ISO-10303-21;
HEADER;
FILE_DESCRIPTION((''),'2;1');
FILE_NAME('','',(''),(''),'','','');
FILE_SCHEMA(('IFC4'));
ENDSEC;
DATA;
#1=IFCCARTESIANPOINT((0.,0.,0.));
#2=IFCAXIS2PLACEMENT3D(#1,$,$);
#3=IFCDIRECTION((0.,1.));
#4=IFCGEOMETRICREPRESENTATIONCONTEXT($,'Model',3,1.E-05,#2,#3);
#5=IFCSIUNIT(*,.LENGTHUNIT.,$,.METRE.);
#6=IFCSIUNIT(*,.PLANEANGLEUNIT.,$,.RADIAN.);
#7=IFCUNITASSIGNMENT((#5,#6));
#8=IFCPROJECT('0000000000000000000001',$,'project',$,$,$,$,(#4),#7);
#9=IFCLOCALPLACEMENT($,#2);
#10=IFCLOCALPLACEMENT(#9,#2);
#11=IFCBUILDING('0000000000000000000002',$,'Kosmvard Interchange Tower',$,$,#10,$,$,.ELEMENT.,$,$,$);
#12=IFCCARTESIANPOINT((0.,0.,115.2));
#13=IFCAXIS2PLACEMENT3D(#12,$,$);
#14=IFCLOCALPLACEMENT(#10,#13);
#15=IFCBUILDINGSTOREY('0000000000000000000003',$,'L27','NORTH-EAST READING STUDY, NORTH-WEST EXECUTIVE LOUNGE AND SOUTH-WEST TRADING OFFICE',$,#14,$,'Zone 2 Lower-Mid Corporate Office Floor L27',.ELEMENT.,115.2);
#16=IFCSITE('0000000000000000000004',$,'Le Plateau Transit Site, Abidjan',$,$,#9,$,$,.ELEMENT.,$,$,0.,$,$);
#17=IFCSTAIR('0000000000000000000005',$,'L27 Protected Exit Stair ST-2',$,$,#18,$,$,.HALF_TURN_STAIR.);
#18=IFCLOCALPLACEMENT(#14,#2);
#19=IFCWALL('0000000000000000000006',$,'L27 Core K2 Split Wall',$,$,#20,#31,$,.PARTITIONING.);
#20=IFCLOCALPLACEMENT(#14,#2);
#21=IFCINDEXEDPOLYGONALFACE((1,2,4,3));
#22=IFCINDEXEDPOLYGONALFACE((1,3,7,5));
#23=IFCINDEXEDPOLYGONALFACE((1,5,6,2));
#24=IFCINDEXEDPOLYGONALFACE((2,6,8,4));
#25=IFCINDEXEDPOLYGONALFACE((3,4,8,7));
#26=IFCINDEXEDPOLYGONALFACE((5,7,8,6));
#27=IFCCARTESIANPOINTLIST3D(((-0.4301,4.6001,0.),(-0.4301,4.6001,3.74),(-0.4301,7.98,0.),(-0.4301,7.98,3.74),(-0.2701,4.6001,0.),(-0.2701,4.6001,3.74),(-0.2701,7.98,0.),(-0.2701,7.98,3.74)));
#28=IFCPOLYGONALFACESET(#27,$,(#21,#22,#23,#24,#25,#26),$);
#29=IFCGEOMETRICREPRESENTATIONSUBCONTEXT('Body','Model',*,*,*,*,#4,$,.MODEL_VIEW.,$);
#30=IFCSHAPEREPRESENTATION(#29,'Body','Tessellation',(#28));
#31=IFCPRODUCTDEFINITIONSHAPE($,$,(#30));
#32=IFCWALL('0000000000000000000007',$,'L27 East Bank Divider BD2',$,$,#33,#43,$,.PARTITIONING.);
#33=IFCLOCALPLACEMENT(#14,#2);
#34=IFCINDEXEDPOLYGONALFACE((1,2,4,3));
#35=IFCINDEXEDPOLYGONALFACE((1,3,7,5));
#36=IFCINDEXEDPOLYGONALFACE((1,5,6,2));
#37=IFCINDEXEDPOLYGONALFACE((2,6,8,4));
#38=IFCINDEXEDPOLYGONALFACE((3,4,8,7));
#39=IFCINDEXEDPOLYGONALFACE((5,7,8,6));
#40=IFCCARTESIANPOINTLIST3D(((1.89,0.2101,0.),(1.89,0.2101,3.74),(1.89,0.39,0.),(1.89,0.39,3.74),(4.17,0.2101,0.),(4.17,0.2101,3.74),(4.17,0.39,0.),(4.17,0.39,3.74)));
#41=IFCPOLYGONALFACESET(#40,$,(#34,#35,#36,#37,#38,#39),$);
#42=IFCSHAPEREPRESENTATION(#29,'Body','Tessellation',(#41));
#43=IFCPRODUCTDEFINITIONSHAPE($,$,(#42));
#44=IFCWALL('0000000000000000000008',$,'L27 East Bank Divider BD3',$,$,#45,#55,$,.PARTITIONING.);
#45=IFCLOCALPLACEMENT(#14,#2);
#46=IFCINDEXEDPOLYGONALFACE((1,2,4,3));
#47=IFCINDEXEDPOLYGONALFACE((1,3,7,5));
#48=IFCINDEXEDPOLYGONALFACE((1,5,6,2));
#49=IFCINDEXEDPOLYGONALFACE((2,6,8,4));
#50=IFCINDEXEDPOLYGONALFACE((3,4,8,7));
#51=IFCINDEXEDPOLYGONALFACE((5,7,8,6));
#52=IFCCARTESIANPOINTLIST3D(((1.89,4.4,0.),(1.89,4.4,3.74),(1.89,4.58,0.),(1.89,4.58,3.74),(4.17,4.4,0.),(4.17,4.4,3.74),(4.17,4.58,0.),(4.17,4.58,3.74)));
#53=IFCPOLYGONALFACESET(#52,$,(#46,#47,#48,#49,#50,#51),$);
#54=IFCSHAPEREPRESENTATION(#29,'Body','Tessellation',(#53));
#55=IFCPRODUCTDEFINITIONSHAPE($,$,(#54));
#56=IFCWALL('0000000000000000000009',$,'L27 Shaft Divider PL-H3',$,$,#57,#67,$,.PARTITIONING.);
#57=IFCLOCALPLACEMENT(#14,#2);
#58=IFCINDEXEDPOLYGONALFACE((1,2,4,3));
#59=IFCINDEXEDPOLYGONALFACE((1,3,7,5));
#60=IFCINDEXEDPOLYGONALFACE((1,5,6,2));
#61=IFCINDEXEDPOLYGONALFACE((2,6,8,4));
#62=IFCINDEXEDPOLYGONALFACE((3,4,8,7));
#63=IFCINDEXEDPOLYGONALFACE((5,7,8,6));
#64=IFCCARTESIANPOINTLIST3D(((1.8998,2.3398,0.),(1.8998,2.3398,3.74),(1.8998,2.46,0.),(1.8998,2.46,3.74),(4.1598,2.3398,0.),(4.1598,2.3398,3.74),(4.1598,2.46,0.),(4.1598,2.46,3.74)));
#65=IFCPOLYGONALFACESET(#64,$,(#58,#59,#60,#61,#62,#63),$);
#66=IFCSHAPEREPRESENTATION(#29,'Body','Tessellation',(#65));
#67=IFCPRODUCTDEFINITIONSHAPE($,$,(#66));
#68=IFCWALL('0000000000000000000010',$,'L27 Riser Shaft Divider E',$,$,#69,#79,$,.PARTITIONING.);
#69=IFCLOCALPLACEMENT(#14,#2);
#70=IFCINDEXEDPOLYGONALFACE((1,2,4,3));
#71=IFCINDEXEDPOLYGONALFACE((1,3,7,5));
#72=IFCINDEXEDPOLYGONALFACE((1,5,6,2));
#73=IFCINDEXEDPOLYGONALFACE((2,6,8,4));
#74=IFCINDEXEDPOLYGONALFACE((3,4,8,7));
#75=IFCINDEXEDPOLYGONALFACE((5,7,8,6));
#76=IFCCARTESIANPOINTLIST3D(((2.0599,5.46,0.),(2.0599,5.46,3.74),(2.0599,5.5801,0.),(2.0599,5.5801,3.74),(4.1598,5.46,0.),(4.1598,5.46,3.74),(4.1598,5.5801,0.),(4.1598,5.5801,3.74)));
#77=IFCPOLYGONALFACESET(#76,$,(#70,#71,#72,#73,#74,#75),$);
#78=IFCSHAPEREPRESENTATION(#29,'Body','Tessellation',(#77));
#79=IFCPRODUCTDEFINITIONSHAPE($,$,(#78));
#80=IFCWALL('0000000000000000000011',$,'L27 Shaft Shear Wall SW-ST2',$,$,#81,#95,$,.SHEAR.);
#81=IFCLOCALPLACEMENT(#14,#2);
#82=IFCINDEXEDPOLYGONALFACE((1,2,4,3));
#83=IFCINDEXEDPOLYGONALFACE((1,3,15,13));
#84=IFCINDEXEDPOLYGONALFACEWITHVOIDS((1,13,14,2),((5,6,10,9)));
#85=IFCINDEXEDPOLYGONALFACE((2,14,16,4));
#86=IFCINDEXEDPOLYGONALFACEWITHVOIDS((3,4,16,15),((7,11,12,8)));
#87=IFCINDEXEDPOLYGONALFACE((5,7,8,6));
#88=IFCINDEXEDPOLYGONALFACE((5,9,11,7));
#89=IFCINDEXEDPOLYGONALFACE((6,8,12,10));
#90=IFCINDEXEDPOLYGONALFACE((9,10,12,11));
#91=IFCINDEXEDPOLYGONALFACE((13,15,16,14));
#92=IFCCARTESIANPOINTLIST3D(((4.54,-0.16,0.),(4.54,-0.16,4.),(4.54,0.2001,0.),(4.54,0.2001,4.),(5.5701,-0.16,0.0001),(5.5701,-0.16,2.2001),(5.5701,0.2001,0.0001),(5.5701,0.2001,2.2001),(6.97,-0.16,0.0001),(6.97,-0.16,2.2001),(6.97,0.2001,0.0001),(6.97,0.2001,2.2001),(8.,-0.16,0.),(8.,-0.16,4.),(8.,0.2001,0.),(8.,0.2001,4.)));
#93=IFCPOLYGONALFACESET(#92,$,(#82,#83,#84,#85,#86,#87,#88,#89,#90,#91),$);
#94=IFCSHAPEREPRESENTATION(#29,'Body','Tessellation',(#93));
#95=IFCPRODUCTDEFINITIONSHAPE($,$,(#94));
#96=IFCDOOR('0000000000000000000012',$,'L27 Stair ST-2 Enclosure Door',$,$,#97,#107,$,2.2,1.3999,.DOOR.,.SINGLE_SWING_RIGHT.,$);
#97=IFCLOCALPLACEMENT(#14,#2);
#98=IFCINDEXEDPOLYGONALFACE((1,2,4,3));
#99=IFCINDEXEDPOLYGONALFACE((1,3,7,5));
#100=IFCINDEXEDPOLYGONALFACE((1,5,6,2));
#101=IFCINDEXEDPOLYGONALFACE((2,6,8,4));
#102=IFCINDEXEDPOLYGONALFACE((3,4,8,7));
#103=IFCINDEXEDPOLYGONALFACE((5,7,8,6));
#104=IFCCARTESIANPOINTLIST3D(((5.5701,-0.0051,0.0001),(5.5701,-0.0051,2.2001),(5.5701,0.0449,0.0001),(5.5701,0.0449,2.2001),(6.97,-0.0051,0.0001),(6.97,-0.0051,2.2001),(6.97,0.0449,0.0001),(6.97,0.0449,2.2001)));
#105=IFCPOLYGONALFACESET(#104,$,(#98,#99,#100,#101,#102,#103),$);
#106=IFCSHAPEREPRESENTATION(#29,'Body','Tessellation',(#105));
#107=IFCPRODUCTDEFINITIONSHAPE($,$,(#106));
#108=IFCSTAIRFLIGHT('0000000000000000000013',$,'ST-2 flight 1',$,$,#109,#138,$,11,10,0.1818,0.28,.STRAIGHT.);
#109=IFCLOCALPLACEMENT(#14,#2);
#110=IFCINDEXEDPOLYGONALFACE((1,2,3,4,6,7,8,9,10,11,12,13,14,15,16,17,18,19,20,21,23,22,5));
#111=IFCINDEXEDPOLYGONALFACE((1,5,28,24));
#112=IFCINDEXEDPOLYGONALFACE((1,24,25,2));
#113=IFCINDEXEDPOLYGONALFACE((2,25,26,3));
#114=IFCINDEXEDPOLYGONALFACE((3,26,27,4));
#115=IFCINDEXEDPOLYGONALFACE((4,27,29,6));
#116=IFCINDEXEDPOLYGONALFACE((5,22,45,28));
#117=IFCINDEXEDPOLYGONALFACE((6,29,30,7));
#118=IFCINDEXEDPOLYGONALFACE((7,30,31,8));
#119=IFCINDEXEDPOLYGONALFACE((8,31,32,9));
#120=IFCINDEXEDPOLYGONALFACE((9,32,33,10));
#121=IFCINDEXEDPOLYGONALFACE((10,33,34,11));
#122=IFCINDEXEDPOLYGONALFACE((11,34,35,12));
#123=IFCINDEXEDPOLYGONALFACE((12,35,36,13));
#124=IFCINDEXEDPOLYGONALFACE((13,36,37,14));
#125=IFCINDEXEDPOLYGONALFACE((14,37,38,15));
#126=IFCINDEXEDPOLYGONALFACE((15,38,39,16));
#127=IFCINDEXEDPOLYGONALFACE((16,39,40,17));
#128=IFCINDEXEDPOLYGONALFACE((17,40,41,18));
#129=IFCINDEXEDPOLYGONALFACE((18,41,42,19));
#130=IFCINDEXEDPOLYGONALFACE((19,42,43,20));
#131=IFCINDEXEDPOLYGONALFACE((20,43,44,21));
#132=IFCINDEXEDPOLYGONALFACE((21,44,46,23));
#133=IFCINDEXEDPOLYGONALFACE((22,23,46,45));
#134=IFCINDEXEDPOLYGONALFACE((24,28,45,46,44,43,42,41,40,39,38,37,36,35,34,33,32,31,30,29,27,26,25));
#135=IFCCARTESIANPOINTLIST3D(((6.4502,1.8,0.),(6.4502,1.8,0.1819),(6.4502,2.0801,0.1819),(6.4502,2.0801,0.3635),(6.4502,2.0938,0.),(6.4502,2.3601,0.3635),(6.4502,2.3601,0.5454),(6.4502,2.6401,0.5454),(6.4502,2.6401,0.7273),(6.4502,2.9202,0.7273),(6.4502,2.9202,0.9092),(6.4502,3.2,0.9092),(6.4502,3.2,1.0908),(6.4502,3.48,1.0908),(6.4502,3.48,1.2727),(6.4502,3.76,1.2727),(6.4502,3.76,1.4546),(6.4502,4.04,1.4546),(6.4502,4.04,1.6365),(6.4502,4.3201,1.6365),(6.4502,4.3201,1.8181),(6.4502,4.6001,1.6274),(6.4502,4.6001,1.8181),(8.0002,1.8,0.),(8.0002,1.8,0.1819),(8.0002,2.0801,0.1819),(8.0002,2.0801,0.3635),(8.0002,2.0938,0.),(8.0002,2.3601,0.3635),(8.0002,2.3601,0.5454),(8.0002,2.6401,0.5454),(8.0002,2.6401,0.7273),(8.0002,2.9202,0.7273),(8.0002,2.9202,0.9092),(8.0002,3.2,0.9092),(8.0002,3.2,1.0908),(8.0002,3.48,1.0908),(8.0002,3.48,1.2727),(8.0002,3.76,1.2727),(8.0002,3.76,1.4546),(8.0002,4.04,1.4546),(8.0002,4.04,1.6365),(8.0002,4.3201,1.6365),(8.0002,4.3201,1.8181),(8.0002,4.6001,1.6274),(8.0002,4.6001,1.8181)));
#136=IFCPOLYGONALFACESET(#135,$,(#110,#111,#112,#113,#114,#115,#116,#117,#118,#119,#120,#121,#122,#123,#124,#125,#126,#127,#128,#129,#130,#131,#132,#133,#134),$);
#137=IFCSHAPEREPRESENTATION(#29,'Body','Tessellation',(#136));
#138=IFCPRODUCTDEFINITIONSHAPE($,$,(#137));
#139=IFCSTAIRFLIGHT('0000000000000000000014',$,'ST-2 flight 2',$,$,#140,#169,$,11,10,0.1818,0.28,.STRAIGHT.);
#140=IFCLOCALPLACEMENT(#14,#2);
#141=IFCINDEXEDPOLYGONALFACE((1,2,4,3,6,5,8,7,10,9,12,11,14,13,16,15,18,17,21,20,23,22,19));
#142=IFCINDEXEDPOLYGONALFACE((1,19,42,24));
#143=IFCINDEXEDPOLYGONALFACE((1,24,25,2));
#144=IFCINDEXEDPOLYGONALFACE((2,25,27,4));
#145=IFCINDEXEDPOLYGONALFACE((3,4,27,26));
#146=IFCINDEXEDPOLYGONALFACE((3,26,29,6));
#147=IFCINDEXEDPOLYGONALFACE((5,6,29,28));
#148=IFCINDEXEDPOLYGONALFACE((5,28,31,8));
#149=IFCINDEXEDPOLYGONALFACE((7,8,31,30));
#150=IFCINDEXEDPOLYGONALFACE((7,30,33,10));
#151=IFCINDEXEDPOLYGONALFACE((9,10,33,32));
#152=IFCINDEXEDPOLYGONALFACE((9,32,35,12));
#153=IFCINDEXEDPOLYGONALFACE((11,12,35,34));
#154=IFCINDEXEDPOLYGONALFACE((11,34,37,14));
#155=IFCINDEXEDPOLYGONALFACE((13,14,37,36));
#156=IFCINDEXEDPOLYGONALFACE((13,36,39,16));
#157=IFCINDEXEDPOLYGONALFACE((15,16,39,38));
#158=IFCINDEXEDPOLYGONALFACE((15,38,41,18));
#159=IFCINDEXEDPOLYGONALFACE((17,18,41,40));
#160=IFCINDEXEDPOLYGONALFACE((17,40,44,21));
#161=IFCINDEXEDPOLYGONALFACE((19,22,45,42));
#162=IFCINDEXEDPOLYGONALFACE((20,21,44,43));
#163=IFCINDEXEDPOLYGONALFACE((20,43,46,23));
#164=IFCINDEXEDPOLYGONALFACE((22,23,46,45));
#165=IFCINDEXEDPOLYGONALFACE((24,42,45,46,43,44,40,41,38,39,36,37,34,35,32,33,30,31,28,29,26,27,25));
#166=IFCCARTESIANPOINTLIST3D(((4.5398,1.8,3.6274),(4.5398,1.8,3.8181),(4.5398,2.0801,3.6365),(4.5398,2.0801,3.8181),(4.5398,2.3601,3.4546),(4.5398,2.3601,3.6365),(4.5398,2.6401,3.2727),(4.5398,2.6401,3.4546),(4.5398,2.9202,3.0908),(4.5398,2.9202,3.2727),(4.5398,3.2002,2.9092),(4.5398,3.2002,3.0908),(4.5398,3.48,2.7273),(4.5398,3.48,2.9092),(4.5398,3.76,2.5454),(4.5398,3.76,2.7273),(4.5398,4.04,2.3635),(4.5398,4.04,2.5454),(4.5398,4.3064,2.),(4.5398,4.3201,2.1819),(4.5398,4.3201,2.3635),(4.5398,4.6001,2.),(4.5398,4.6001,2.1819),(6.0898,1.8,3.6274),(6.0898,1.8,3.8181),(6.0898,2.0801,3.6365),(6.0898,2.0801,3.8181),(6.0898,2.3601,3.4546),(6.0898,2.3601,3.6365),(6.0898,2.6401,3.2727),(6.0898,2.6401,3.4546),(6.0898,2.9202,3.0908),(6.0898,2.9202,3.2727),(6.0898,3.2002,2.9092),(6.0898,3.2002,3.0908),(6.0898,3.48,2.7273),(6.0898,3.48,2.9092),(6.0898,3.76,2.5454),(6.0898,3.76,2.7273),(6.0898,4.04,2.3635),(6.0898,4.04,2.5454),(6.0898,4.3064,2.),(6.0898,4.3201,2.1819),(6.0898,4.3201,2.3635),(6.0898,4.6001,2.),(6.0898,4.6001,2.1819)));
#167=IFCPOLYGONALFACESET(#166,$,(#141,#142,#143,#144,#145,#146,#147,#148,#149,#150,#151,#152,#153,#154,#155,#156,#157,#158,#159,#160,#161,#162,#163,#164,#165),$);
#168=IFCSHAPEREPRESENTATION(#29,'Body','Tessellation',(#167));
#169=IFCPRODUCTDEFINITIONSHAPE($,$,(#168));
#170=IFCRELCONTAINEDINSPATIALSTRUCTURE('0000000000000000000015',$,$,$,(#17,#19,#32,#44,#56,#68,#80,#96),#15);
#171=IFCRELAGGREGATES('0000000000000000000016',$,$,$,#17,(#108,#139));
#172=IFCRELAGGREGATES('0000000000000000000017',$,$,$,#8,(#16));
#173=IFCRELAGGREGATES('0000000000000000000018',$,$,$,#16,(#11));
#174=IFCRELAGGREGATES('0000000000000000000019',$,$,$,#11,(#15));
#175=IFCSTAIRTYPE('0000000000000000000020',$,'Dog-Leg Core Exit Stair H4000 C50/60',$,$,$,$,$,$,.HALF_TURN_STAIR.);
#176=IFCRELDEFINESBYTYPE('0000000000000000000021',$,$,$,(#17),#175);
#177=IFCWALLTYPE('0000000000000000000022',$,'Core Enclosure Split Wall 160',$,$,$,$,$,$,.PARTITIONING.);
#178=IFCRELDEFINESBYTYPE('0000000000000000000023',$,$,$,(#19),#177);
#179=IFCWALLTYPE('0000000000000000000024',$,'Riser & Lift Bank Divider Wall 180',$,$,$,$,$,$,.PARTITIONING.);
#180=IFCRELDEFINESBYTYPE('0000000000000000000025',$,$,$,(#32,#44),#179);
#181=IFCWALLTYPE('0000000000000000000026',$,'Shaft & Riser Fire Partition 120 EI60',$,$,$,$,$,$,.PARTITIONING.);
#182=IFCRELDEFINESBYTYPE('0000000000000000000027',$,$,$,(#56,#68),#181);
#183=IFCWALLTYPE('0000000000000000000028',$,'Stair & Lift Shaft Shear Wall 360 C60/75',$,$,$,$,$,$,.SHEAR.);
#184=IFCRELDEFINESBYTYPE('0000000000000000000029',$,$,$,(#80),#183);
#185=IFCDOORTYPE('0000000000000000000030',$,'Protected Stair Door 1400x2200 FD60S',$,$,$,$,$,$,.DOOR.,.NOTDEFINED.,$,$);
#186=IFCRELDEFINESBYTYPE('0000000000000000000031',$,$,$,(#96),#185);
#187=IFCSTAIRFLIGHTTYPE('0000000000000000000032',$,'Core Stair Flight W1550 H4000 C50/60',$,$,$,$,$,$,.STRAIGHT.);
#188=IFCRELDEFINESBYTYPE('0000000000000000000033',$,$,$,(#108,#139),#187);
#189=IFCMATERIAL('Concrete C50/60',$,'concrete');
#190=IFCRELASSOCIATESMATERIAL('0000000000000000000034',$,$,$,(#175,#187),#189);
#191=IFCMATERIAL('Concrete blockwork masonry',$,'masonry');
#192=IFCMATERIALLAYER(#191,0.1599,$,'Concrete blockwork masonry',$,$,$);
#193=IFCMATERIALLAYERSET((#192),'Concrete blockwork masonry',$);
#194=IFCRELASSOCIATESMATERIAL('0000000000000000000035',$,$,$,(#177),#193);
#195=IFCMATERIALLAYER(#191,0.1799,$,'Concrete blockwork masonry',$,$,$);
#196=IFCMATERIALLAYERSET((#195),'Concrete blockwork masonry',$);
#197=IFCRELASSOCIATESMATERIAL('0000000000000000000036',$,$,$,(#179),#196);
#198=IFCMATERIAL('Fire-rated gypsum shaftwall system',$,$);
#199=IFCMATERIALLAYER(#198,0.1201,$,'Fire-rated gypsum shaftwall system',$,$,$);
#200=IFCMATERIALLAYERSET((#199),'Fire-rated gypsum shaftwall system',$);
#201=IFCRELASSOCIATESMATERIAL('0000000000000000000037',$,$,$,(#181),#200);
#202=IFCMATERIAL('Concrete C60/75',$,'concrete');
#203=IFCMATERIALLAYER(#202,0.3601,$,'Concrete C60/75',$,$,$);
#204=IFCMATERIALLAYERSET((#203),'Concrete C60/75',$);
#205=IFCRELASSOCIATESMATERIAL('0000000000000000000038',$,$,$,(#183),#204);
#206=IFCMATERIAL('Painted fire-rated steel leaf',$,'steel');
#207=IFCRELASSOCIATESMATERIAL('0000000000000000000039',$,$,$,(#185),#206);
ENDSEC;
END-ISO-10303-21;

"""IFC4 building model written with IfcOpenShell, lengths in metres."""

from ifc_helpers import new_model, si_unit, direction, frame, frame_2d, origin, place, context, subcontext, project, spatial, polyline, rectangle, outline, extrude, source, transform, mapped, material, layer, layer_set, type_object, element, fill, aggregate, save


model = new_model("IFC4")

# Units and contexts
model_context = context("Model", 3, precision=1e-05, world=origin(), true_north=direction((0.0, 1.0)))
body_context = subcontext(model_context, "Body", "Model", "MODEL_VIEW")
ifc_project = project(units=[si_unit("LENGTHUNIT", "METRE"), si_unit("PLANEANGLEUNIT", "RADIAN")], contexts=[model_context])

# Site, building, storey
site_placement = place(None, origin())
site = spatial("IfcSite", under=ifc_project, at=site_placement, Name="Le Plateau Transit Site, Abidjan", CompositionType="ELEMENT", RefElevation=0.0)
building_placement = place(site_placement, origin())
building = spatial("IfcBuilding", under=site, at=building_placement, Name="Kosmvard Interchange Tower", CompositionType="ELEMENT")
storey_placement = place(building_placement, frame((0.0, 0.0, 115.2)))
storey = spatial("IfcBuildingStorey", under=building, at=storey_placement, Name="L27", Description="NORTH-EAST READING STUDY, NORTH-WEST EXECUTIVE LOUNGE AND SOUTH-WEST TRADING OFFICE", LongName="Zone 2 Lower-Mid Corporate Office Floor L27", CompositionType="ELEMENT", Elevation=115.2)

# Shared definitions
ifc_material_1 = material(Name="Concrete C60/75", Category="concrete")

# Shared definitions
ifc_material_2 = material(Name="Concrete C50/60", Category="concrete")

# Stair
stair_type = type_object("IfcStairType", Name="Dog-Leg Core Exit Stair H4000 C50/60", PredefinedType="HALF_TURN_STAIR", material=ifc_material_2)
stair_1_placement = place(storey_placement, origin())
stair_1 = element("IfcStair", 1, at=stair_1_placement, inside=storey, type_object=stair_type, Name="L27 Protected Exit Stair ST-2", PredefinedType="HALF_TURN_STAIR")

# Walls
ifc_material_3 = material(Name="Concrete blockwork masonry", Category="masonry")
ifc_layer_1 = layer(ifc_material_3, 0.1599, Name="Concrete blockwork masonry")
ifc_layer_set_1 = layer_set([ifc_layer_1], Name="Concrete blockwork masonry")
wall_type_1 = type_object("IfcWallType", Name="Core Enclosure Split Wall 160", PredefinedType="PARTITIONING", material=ifc_layer_set_1)
wall_1_placement = place(storey_placement, frame((-0.3501, 4.6001, 0.0), z_axis=(0.0, 0.0, 1.0), x_axis=(0.0, 1.0, 0.0)))
element("IfcWall", 2, at=wall_1_placement, inside=storey, type_object=wall_type_1, Name="L27 Core K2 Split Wall", PredefinedType="PARTITIONING", context=body_context, shape_type="SweptSolid", body=[
    extrude(rectangle(XDim=3.3799, YDim=0.1599, at=frame_2d((1.6899, 0.0))), origin(), (0.0, 0.0, 1.0), 3.74),
])
ifc_layer_2 = layer(ifc_material_3, 0.1799, Name="Concrete blockwork masonry")
ifc_layer_set_2 = layer_set([ifc_layer_2], Name="Concrete blockwork masonry")
wall_type_2 = type_object("IfcWallType", Name="Riser & Lift Bank Divider Wall 180", PredefinedType="PARTITIONING", material=ifc_layer_set_2)
for number, where, z_axis, x_axis, name in (
    (3, (1.8899, 0.3, 0.0), (0.0, 0.0, 1.0), (1.0, 0.0, 0.0), "L27 East Bank Divider BD2"),
    (4, (1.8899, 4.49, 0.0), (0.0, 0.0, 1.0), (1.0, 0.0, 0.0), "L27 East Bank Divider BD3"),
):
    element("IfcWall", number, at=place(storey_placement, frame(where, z_axis=z_axis, x_axis=x_axis)), inside=storey, type_object=wall_type_2, Name=name, PredefinedType="PARTITIONING", context=body_context, shape_type="SweptSolid", body=[
        extrude(rectangle(XDim=2.28, YDim=0.1799, at=frame_2d((1.1401, 0.0))), origin(), (0.0, 0.0, 1.0), 3.74),
    ])
ifc_material_4 = material(Name="Fire-rated gypsum shaftwall system")
ifc_layer_3 = layer(ifc_material_4, 0.1201, Name="Fire-rated gypsum shaftwall system")
ifc_layer_set_3 = layer_set([ifc_layer_3], Name="Fire-rated gypsum shaftwall system")
wall_type_3 = type_object("IfcWallType", Name="Shaft & Riser Fire Partition 120 EI60", PredefinedType="PARTITIONING", material=ifc_layer_set_3)
wall_2_placement = place(storey_placement, frame((1.8999, 2.3999, 0.0), z_axis=(0.0, 0.0, 1.0), x_axis=(1.0, 0.0, 0.0)))
element("IfcWall", 5, at=wall_2_placement, inside=storey, type_object=wall_type_3, Name="L27 Shaft Divider PL-H3", PredefinedType="PARTITIONING", context=body_context, shape_type="SweptSolid", body=[
    extrude(rectangle(XDim=2.26, YDim=0.1201, at=frame_2d((1.1299, 0.0))), origin(), (0.0, 0.0, 1.0), 3.74),
])
wall_3_placement = place(storey_placement, frame((2.0601, 5.52, 0.0), z_axis=(0.0, 0.0, 1.0), x_axis=(1.0, 0.0, 0.0)))
element("IfcWall", 6, at=wall_3_placement, inside=storey, type_object=wall_type_3, Name="L27 Riser Shaft Divider E", PredefinedType="PARTITIONING", context=body_context, shape_type="SweptSolid", body=[
    extrude(rectangle(XDim=2.0999, YDim=0.1201, at=frame_2d((1.0498, 0.0))), origin(), (0.0, 0.0, 1.0), 3.74),
])

# Wall, opening, door
ifc_layer_4 = layer(ifc_material_1, 0.3601, Name="Concrete C60/75")
ifc_layer_set_4 = layer_set([ifc_layer_4], Name="Concrete C60/75")
wall_type_4 = type_object("IfcWallType", Name="Stair & Lift Shaft Shear Wall 360 C60/75", PredefinedType="SHEAR", material=ifc_layer_set_4)
wall_4_placement = place(storey_placement, frame((4.54, 0.02, 0.0), z_axis=(0.0, 0.0, 1.0), x_axis=(1.0, 0.0, 0.0)))
wall_4 = element("IfcWall", 7, at=wall_4_placement, inside=storey, type_object=wall_type_4, Name="L27 Shaft Shear Wall SW-ST2", PredefinedType="SHEAR", context=body_context, shape_type="SweptSolid", body=[
    extrude(rectangle(XDim=3.46, YDim=0.3601, at=frame_2d((1.73, 0.0))), origin(), (0.0, 0.0, 1.0), 4.0),
])
opening_placement = place(wall_4_placement, frame((1.03, 0.0, 0.0)))
opening = element("IfcOpeningElement", 8, at=opening_placement, cuts=wall_4, PredefinedType="OPENING", context=body_context, shape_type="SweptSolid", body=[
    extrude(rectangle(XDim=1.3999, YDim=2.2, at=frame_2d((0.7, 1.1001))), frame((0.0, 0.1899, 0.0), z_axis=(0.0, -1.0, 0.0), x_axis=(1.0, 0.0, 0.0)), (0.0, 0.0, 1.0), 0.3801),
])
ifc_material_5 = material(Name="Painted fire-rated steel leaf", Category="steel")
door_type = type_object("IfcDoorType", Name="Protected Stair Door 1400x2200 FD60S", OperationType="NOTDEFINED", PredefinedType="DOOR", material=ifc_material_5)
shared_shape_1 = source(origin(), body_context, "Body", "SweptSolid", [
    extrude(rectangle(XDim=1.3999, YDim=2.2, at=frame_2d((0.7, 1.1001))), frame((0.0, 0.0249, 0.0), z_axis=(0.0, -1.0, 0.0), x_axis=(1.0, 0.0, 0.0)), (0.0, 0.0, 1.0), 0.05),
])
door_placement = place(opening_placement, origin())
door = element("IfcDoor", 9, at=door_placement, inside=storey, type_object=door_type, Name="L27 Stair ST-2 Enclosure Door", OperationType="SINGLE_SWING_RIGHT", OverallHeight=2.2, OverallWidth=1.3999, PredefinedType="DOOR", context=body_context, shape_type="MappedRepresentation", body=[
    mapped(shared_shape_1, transform((0.0, 0.0, 0.0), scale=1.0)),
])
fill(opening, door)

# Stair flights
stair_flight_type = type_object("IfcStairFlightType", Name="Core Stair Flight W1550 H4000 C50/60", PredefinedType="STRAIGHT", material=ifc_material_2)
shared_shape_2 = source(origin(), body_context, "Body", "SweptSolid", [
    extrude(outline(polyline([(0.0, 0.0), (0.0, 0.1819), (0.28, 0.1819), (0.28, 0.3635), (0.5601, 0.3635), (0.5601, 0.5454), (0.8401, 0.5454), (0.8401, 0.7273), (1.1201, 0.7273), (1.1201, 0.9092), (1.3999, 0.9092), (1.3999, 1.0908), (1.6799, 1.0908), (1.6799, 1.2727), (1.96, 1.2727), (1.96, 1.4546), (2.24, 1.4546), (2.24, 1.6365), (2.52, 1.6365), (2.52, 1.8181), (2.8, 1.8181), (2.8, 2.0), (2.8, 1.6274), (0.2937, 0.0), (0.0, 0.0)])), frame((0.0, 0.7749, 0.0), z_axis=(0.0, -1.0, 0.0), x_axis=(1.0, 0.0, 0.0)), (0.0, 0.0, 1.0), 1.55),
])
stair_flight_1_placement = place(storey_placement, frame((7.2251, 1.8, 0.0), z_axis=(0.0, 0.0, 1.0), x_axis=(0.0, 1.0, 0.0)))
stair_flight_1 = element("IfcStairFlight", 10, at=stair_flight_1_placement, type_object=stair_flight_type, Name="ST-2 flight 1", NumberOfRisers=11, NumberOfTreads=10, PredefinedType="STRAIGHT", RiserHeight=0.1818, TreadLength=0.28, context=body_context, shape_type="MappedRepresentation", body=[
    mapped(shared_shape_2, transform((0.0, 0.0, 0.0), scale=1.0)),
])
stair_flight_2_placement = place(storey_placement, frame((5.3149, 4.6001, 2.0), z_axis=(0.0, 0.0, 1.0), x_axis=(0.0, -1.0, 0.0)))
stair_flight_2 = element("IfcStairFlight", 11, at=stair_flight_2_placement, type_object=stair_flight_type, Name="ST-2 flight 2", NumberOfRisers=11, NumberOfTreads=10, PredefinedType="STRAIGHT", RiserHeight=0.1818, TreadLength=0.28, context=body_context, shape_type="MappedRepresentation", body=[
    mapped(shared_shape_2, transform((0.0, 0.0, 0.0), scale=1.0)),
])
aggregate(stair_1, [stair_flight_1, stair_flight_2])

save(model, "model.ifc")
